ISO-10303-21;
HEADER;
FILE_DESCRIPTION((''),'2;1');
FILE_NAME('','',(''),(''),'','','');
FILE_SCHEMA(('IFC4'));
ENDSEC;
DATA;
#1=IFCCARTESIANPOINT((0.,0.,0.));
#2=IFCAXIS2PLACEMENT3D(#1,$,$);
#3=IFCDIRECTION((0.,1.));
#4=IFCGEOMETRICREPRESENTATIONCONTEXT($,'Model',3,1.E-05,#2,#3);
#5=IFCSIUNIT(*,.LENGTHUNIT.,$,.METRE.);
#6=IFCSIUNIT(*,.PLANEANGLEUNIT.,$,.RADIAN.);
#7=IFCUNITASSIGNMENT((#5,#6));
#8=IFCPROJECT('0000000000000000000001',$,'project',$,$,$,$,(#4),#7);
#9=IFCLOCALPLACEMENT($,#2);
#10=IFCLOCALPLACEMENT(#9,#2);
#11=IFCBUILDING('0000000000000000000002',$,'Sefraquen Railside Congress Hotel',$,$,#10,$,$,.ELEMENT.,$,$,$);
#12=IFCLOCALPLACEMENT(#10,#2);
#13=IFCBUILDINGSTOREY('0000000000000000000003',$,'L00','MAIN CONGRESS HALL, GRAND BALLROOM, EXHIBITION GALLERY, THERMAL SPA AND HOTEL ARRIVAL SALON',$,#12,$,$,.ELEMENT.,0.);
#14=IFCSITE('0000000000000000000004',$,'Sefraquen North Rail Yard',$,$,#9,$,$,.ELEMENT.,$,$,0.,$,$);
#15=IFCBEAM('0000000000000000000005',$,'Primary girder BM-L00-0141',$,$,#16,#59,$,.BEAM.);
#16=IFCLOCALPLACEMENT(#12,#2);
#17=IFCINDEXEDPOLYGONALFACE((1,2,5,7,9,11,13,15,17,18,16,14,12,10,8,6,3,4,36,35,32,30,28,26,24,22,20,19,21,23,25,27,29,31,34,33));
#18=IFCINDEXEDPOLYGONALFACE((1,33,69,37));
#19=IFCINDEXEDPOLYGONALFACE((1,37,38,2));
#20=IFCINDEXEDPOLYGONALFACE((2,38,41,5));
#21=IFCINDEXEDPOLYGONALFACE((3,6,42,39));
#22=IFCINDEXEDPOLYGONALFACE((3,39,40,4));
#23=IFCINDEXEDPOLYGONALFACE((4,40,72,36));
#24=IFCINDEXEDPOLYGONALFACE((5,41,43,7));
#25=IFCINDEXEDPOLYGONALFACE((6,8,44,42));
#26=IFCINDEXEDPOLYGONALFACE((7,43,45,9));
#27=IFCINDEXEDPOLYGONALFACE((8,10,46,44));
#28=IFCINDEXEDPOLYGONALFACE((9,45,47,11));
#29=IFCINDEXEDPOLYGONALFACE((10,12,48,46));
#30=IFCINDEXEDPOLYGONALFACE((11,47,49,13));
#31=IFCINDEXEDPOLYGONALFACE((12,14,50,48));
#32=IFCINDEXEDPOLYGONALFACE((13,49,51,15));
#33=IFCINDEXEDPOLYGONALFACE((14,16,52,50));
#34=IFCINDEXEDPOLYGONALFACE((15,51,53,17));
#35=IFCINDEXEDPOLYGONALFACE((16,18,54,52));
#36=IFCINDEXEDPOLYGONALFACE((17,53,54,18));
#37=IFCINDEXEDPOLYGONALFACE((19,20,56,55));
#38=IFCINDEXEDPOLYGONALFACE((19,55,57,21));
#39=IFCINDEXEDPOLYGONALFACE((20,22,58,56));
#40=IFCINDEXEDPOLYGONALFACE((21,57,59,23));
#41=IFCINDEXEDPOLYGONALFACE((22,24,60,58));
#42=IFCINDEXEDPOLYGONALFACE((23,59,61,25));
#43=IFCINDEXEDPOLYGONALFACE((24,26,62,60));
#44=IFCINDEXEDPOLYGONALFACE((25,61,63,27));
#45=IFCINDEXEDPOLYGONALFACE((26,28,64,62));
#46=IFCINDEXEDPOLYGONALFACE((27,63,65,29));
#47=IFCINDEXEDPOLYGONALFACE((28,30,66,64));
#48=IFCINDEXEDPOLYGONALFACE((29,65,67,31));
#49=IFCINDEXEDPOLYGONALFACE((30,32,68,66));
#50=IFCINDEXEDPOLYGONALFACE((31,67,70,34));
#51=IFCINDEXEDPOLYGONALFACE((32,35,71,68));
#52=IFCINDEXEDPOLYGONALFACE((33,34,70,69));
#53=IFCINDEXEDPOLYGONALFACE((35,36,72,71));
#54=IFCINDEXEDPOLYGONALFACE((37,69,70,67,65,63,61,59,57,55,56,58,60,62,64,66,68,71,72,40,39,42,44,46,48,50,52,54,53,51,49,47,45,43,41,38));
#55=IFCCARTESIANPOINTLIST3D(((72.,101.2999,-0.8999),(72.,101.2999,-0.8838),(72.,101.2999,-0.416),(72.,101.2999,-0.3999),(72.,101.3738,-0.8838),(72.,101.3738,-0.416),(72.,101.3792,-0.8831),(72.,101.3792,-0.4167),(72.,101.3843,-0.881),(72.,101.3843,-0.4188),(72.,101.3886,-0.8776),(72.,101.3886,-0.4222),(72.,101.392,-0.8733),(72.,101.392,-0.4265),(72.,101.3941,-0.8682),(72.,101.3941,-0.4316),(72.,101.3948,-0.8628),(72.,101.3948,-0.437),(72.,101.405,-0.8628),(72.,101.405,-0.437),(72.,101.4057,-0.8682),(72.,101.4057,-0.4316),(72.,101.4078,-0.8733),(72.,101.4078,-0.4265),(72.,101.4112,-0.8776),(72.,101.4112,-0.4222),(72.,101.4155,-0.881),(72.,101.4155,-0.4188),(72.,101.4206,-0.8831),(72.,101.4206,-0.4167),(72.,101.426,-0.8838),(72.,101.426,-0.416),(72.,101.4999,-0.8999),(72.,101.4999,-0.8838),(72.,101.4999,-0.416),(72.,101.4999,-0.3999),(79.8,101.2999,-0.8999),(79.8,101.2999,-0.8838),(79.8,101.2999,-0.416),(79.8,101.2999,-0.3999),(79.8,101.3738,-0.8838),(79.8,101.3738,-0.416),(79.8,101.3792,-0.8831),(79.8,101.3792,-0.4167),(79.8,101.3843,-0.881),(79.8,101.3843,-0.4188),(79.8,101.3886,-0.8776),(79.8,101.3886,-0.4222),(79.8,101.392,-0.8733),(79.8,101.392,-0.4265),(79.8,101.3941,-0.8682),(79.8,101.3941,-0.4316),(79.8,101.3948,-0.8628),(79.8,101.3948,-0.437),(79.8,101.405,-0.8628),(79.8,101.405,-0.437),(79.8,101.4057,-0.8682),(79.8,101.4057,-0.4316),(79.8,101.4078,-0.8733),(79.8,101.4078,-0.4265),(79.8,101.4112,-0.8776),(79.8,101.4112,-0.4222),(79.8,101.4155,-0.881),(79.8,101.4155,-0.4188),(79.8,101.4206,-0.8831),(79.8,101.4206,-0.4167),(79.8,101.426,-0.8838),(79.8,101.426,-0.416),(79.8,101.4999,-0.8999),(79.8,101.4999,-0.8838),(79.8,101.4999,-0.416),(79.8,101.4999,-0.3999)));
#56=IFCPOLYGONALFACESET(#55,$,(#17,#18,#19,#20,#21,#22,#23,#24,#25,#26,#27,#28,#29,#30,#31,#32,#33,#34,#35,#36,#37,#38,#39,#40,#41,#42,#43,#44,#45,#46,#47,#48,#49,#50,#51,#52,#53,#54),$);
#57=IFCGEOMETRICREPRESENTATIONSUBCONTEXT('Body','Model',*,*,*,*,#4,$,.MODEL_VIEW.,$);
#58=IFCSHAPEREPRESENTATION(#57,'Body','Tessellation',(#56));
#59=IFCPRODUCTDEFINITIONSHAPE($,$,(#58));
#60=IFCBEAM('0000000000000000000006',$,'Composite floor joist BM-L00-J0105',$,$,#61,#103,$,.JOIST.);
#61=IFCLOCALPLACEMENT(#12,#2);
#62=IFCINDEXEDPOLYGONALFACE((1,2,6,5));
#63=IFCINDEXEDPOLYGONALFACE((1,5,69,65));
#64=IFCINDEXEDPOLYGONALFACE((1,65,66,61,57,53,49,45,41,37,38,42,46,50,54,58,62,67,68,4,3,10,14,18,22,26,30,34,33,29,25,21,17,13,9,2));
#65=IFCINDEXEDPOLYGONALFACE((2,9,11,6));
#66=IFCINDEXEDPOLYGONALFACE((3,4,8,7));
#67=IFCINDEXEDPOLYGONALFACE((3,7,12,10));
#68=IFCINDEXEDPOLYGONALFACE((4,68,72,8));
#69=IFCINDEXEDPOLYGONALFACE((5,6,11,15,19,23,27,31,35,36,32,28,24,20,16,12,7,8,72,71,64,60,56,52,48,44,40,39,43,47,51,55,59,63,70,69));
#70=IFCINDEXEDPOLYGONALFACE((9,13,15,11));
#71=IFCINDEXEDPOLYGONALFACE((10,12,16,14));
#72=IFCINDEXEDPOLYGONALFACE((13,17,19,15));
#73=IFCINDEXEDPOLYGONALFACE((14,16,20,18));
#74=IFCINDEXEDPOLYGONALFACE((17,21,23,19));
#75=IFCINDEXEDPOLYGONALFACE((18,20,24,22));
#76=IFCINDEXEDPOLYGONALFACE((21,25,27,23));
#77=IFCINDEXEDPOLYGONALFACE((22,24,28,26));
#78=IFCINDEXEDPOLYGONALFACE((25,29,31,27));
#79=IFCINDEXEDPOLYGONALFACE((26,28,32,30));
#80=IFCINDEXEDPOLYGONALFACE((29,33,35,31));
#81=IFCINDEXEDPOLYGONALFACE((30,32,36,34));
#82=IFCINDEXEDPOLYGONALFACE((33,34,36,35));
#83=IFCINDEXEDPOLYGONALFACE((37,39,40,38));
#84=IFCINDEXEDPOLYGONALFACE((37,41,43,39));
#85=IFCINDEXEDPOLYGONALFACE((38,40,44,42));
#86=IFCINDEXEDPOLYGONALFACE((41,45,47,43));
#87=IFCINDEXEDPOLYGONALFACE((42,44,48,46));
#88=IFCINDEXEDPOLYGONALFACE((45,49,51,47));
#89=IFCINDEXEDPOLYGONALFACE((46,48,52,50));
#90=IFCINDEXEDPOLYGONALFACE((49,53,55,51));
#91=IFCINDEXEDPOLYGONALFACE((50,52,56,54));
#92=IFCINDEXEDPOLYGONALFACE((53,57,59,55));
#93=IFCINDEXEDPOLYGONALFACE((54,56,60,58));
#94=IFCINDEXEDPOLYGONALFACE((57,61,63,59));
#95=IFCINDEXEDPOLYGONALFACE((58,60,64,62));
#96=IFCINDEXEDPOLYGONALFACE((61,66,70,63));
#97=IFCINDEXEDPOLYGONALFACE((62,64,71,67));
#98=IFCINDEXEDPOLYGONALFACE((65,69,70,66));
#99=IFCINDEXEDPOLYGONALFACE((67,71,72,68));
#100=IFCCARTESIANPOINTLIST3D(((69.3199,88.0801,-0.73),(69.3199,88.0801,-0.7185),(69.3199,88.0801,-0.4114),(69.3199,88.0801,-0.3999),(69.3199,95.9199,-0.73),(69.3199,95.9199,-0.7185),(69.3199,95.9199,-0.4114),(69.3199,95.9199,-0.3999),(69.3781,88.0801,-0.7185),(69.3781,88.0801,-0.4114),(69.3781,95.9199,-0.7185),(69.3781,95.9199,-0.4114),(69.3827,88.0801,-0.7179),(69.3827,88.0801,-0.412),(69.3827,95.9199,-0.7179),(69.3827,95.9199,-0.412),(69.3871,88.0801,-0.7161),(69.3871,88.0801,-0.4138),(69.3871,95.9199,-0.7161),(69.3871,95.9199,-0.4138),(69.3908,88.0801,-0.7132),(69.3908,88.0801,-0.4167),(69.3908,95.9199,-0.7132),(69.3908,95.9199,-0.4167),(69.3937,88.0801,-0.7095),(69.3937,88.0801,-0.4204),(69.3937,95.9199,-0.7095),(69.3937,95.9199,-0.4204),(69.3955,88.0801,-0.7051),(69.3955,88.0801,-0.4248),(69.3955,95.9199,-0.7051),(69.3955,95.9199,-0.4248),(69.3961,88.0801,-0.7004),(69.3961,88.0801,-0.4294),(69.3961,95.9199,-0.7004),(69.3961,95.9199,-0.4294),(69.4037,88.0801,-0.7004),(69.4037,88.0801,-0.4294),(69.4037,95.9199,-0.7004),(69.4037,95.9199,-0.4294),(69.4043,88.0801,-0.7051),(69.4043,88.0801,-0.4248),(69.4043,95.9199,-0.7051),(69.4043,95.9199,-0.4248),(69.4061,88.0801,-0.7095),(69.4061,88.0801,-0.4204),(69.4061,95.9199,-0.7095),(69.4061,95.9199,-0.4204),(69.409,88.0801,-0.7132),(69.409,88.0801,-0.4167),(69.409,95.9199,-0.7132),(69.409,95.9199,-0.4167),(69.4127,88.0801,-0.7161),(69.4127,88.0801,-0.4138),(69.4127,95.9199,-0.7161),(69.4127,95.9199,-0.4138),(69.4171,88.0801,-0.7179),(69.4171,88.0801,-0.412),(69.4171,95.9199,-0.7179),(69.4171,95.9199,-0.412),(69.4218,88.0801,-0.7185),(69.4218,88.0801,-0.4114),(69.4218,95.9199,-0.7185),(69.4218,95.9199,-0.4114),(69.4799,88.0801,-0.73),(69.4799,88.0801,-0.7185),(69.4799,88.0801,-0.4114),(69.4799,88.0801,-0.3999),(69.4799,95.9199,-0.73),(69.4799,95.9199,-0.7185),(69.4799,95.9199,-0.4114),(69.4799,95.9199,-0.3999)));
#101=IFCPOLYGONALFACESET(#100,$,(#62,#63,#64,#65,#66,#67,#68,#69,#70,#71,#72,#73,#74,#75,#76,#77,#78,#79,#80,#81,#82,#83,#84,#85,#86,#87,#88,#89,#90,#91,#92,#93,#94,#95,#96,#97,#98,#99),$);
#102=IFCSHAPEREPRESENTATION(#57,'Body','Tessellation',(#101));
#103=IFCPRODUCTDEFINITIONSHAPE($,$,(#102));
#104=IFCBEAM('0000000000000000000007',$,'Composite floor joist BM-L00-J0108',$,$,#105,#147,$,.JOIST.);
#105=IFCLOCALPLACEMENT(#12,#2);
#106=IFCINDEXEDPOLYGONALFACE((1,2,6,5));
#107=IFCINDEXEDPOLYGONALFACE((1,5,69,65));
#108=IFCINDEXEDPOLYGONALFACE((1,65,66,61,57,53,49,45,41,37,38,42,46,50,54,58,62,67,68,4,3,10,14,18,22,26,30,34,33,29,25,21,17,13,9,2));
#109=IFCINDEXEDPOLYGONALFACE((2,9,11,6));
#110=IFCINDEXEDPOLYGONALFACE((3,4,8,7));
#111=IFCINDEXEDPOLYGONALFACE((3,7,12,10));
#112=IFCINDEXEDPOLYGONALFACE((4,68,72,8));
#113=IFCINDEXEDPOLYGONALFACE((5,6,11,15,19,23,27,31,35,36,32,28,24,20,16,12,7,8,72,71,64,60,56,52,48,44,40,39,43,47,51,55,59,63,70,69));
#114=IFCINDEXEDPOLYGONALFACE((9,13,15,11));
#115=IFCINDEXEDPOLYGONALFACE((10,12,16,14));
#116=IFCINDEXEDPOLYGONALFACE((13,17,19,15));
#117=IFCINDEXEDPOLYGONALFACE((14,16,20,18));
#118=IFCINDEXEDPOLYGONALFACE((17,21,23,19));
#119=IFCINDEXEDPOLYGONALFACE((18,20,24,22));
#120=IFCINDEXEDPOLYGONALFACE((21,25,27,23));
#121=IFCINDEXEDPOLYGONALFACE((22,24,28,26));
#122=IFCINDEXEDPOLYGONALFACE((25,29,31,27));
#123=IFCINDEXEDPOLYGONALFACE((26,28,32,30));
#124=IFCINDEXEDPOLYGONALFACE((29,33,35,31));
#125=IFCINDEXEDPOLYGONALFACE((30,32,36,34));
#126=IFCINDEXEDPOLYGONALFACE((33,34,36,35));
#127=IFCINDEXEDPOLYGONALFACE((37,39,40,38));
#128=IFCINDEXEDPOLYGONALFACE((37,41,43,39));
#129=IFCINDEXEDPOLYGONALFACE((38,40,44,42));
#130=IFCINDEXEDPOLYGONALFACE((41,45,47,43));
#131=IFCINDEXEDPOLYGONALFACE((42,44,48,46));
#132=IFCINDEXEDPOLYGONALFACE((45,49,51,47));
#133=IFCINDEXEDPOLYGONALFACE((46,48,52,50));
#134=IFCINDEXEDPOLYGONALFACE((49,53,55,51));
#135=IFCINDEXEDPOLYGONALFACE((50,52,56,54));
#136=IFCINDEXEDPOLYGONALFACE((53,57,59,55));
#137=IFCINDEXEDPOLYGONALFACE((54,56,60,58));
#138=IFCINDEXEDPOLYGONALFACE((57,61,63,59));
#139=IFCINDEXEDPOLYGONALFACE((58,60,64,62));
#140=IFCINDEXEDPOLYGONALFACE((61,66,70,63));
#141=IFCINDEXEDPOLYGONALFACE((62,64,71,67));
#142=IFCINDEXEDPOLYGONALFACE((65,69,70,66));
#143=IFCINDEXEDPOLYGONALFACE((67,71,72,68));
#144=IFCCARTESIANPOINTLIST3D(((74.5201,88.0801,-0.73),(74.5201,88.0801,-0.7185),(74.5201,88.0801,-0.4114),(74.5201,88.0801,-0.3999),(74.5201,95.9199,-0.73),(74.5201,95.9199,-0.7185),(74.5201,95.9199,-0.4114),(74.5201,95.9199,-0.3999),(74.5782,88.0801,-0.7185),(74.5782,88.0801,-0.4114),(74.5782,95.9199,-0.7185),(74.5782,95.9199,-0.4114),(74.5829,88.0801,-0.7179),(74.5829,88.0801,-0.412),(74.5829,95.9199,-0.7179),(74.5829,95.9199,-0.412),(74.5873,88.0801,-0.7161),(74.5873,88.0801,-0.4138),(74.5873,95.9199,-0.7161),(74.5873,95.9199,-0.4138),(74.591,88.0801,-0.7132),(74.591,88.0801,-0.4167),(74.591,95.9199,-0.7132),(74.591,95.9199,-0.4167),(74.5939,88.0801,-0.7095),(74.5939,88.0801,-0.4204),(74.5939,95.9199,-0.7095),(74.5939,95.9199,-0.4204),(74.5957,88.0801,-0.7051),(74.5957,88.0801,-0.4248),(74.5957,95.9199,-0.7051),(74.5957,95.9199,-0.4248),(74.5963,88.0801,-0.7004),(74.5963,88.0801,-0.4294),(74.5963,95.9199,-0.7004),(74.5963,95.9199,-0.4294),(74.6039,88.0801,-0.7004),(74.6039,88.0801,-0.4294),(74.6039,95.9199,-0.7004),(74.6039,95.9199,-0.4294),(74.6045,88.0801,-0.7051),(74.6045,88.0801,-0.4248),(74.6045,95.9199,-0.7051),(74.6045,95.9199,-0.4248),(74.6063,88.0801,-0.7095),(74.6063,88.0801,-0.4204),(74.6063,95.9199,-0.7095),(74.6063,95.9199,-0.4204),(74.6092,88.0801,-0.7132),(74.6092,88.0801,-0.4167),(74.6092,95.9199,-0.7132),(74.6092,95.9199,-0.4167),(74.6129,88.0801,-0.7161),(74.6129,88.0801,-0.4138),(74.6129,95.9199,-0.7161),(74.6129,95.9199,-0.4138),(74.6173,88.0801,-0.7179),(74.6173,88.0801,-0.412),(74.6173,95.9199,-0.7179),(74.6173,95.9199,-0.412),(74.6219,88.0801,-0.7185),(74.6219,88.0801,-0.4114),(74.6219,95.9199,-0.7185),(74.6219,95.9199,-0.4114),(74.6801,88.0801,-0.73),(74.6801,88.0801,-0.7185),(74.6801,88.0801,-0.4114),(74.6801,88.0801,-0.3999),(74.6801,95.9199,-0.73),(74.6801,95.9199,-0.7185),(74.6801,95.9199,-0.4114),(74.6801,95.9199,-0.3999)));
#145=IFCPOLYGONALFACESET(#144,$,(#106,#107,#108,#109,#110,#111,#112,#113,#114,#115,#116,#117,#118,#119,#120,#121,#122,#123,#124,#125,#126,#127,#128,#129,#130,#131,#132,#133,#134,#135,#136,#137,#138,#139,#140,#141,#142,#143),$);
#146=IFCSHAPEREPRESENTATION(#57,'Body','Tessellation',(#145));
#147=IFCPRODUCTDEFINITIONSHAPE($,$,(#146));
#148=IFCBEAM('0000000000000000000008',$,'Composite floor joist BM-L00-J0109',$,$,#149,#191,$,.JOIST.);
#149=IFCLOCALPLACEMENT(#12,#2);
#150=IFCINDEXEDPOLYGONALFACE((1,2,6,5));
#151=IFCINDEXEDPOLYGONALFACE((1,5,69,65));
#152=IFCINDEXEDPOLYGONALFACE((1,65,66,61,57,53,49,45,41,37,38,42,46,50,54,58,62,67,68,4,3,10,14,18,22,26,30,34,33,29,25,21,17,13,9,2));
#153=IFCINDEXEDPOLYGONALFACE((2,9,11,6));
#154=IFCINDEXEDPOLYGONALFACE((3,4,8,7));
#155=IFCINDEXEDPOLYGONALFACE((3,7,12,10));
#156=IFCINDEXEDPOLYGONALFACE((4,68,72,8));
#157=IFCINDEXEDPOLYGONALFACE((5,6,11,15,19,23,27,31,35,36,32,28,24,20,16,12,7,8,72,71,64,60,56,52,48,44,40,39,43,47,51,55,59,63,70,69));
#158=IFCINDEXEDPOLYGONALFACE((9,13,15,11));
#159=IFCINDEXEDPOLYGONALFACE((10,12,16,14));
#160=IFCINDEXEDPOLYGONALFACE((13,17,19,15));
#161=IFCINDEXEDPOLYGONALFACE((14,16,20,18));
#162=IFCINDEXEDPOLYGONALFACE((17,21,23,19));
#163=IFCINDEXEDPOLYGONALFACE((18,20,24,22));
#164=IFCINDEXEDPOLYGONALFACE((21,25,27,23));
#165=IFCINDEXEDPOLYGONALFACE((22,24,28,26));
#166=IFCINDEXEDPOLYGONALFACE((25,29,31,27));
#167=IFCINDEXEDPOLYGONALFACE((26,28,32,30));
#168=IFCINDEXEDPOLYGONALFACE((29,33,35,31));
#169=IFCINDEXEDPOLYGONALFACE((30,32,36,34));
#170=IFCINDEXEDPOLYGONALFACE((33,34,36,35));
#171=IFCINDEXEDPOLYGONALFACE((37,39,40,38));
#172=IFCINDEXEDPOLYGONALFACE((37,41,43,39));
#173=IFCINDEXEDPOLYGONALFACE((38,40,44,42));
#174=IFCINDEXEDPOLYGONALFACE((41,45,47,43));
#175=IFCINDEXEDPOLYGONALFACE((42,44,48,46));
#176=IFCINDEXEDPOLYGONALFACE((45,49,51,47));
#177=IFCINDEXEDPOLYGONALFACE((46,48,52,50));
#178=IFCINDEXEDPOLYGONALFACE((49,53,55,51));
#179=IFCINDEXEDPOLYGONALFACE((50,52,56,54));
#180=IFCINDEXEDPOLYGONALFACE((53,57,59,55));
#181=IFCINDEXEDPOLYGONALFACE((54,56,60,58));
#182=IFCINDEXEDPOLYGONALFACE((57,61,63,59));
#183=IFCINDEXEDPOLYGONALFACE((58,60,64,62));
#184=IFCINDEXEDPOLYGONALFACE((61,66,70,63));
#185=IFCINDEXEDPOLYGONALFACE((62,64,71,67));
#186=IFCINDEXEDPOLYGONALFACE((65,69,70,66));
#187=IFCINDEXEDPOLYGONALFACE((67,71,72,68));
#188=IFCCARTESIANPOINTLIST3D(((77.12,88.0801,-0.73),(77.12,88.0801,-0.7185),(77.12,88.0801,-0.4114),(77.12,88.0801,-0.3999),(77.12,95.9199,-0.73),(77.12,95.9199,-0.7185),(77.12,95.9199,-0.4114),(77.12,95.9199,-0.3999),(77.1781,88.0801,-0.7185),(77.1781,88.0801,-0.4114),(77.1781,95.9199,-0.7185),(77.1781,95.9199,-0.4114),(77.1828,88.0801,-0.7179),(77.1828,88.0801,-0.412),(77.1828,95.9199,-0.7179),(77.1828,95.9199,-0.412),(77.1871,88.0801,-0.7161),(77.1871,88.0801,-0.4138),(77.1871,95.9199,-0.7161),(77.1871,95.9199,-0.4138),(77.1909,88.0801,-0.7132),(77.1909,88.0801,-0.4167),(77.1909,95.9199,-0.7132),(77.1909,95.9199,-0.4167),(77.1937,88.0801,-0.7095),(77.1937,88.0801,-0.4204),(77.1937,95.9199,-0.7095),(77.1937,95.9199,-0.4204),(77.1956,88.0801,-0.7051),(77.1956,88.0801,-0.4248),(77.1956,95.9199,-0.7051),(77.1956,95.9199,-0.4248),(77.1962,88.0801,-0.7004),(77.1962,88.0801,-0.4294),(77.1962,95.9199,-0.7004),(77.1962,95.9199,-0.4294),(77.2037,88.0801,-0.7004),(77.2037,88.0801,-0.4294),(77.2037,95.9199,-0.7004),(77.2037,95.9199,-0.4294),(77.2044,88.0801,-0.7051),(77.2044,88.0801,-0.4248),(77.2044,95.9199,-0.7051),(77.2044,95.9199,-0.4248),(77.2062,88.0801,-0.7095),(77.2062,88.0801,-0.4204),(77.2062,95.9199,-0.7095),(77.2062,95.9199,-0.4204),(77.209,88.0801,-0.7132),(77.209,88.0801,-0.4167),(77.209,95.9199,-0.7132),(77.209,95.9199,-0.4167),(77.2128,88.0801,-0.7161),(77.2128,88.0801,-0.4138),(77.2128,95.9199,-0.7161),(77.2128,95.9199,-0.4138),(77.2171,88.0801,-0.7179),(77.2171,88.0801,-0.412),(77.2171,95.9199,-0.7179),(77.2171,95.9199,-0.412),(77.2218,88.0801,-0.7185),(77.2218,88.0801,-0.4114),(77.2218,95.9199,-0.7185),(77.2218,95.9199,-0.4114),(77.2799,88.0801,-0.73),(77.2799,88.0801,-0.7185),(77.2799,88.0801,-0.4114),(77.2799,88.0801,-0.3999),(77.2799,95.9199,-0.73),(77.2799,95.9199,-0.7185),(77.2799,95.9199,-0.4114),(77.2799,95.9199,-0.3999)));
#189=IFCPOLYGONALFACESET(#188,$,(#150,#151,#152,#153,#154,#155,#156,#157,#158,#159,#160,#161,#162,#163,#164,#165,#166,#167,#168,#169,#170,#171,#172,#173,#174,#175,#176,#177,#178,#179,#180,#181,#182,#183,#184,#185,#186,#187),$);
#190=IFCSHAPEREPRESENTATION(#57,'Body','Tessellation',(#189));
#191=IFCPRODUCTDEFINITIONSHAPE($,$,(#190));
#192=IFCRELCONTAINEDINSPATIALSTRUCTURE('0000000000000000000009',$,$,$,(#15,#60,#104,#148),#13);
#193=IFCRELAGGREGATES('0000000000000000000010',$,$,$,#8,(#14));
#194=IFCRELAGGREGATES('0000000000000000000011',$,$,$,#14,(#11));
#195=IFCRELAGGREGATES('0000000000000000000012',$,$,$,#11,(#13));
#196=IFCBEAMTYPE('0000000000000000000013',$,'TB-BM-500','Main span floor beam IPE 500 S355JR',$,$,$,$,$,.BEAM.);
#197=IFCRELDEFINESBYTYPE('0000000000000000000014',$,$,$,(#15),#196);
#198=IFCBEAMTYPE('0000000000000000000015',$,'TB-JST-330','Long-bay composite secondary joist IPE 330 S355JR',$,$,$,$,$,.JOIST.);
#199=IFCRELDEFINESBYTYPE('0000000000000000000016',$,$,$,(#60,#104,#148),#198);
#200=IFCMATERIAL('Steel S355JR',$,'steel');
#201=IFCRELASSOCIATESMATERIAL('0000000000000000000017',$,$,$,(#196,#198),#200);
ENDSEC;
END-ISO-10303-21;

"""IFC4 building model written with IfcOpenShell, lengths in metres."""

from ifc_helpers import new_model, si_unit, direction, frame, origin, origin_2d, place, context, subcontext, project, spatial, i_section, extrude, material, material_profile, profile_set, type_object, element, save


model = new_model("IFC4")

# Units and contexts
model_context = context("Model", 3, precision=1e-05, world=origin(), true_north=direction((0.0, 1.0)))
body_context = subcontext(model_context, "Body", "Model", "MODEL_VIEW")
ifc_project = project(units=[si_unit("LENGTHUNIT", "METRE"), si_unit("PLANEANGLEUNIT", "RADIAN")], contexts=[model_context])

# Site, building, storey
site_placement = place(None, origin())
site = spatial("IfcSite", under=ifc_project, at=site_placement, Name="Sefraquen North Rail Yard", CompositionType="ELEMENT", RefElevation=0.0)
building_placement = place(site_placement, origin())
building = spatial("IfcBuilding", under=site, at=building_placement, Name="Sefraquen Railside Congress Hotel", CompositionType="ELEMENT")
storey_placement = place(building_placement, origin())
storey = spatial("IfcBuildingStorey", under=building, at=storey_placement, Name="L00", Description="MAIN CONGRESS HALL, GRAND BALLROOM, EXHIBITION GALLERY, THERMAL SPA AND HOTEL ARRIVAL SALON", CompositionType="ELEMENT", Elevation=0.0)

# Shared definitions
ifc_material_1 = material(Name="Steel S355JR", Category="steel")

# Beams
ifc_material_profile_1 = material_profile(ifc_material_1, i_section(OverallWidth=0.2, OverallDepth=0.5, WebThickness=0.0103, FlangeThickness=0.0161, FilletRadius=0.021, at=origin_2d()), Name="IPE 500")
ifc_profile_set_1 = profile_set([ifc_material_profile_1], Name="Steel S355JR")
beam_type_1 = type_object("IfcBeamType", Name="TB-BM-500", Description="Main span floor beam IPE 500 S355JR", PredefinedType="BEAM", material=ifc_profile_set_1)
for number, where, z_axis, x_axis, name in (
    (1, (72.0, 101.3999, -0.6499), (1.0, 0.0, 0.0), (0.0, 1.0, 0.0), "Primary girder BM-L00-0141"),
):
    element("IfcBeam", number, at=place(storey_placement, frame(where, z_axis=z_axis, x_axis=x_axis)), inside=storey, type_object=beam_type_1, Name=name, PredefinedType="BEAM", context=body_context, shape_type="SweptSolid", body=[
        extrude(i_section(OverallWidth=0.2, OverallDepth=0.5, WebThickness=0.0103, FlangeThickness=0.0161, FilletRadius=0.021, at=origin_2d()), origin(), (0.0, 0.0, 1.0), 7.8),
    ])
ifc_material_profile_2 = material_profile(ifc_material_1, i_section(OverallWidth=0.1599, OverallDepth=0.3301, WebThickness=0.0076, FlangeThickness=0.0115, FilletRadius=0.0181, at=origin_2d()), Name="IPE 330")
ifc_profile_set_2 = profile_set([ifc_material_profile_2], Name="Steel S355JR")
beam_type_2 = type_object("IfcBeamType", Name="TB-JST-330", Description="Long-bay composite secondary joist IPE 330 S355JR", PredefinedType="JOIST", material=ifc_profile_set_2)
for number, where, z_axis, x_axis, name in (
    (2, (69.3999, 88.0801, -0.5649), (0.0, 1.0, 0.0), (-1.0, 0.0, 0.0), "Composite floor joist BM-L00-J0105"),
    (3, (74.6001, 88.0801, -0.5649), (0.0, 1.0, 0.0), (-1.0, 0.0, 0.0), "Composite floor joist BM-L00-J0108"),
    (4, (77.2, 88.0801, -0.5649), (0.0, 1.0, 0.0), (-1.0, 0.0, 0.0), "Composite floor joist BM-L00-J0109"),
):
    element("IfcBeam", number, at=place(storey_placement, frame(where, z_axis=z_axis, x_axis=x_axis)), inside=storey, type_object=beam_type_2, Name=name, PredefinedType="JOIST", context=body_context, shape_type="SweptSolid", body=[
        extrude(i_section(OverallWidth=0.1599, OverallDepth=0.3301, WebThickness=0.0076, FlangeThickness=0.0115, FilletRadius=0.0181, at=origin_2d()), origin(), (0.0, 0.0, 1.0), 7.8398),
    ])

save(model, "model.ifc")
